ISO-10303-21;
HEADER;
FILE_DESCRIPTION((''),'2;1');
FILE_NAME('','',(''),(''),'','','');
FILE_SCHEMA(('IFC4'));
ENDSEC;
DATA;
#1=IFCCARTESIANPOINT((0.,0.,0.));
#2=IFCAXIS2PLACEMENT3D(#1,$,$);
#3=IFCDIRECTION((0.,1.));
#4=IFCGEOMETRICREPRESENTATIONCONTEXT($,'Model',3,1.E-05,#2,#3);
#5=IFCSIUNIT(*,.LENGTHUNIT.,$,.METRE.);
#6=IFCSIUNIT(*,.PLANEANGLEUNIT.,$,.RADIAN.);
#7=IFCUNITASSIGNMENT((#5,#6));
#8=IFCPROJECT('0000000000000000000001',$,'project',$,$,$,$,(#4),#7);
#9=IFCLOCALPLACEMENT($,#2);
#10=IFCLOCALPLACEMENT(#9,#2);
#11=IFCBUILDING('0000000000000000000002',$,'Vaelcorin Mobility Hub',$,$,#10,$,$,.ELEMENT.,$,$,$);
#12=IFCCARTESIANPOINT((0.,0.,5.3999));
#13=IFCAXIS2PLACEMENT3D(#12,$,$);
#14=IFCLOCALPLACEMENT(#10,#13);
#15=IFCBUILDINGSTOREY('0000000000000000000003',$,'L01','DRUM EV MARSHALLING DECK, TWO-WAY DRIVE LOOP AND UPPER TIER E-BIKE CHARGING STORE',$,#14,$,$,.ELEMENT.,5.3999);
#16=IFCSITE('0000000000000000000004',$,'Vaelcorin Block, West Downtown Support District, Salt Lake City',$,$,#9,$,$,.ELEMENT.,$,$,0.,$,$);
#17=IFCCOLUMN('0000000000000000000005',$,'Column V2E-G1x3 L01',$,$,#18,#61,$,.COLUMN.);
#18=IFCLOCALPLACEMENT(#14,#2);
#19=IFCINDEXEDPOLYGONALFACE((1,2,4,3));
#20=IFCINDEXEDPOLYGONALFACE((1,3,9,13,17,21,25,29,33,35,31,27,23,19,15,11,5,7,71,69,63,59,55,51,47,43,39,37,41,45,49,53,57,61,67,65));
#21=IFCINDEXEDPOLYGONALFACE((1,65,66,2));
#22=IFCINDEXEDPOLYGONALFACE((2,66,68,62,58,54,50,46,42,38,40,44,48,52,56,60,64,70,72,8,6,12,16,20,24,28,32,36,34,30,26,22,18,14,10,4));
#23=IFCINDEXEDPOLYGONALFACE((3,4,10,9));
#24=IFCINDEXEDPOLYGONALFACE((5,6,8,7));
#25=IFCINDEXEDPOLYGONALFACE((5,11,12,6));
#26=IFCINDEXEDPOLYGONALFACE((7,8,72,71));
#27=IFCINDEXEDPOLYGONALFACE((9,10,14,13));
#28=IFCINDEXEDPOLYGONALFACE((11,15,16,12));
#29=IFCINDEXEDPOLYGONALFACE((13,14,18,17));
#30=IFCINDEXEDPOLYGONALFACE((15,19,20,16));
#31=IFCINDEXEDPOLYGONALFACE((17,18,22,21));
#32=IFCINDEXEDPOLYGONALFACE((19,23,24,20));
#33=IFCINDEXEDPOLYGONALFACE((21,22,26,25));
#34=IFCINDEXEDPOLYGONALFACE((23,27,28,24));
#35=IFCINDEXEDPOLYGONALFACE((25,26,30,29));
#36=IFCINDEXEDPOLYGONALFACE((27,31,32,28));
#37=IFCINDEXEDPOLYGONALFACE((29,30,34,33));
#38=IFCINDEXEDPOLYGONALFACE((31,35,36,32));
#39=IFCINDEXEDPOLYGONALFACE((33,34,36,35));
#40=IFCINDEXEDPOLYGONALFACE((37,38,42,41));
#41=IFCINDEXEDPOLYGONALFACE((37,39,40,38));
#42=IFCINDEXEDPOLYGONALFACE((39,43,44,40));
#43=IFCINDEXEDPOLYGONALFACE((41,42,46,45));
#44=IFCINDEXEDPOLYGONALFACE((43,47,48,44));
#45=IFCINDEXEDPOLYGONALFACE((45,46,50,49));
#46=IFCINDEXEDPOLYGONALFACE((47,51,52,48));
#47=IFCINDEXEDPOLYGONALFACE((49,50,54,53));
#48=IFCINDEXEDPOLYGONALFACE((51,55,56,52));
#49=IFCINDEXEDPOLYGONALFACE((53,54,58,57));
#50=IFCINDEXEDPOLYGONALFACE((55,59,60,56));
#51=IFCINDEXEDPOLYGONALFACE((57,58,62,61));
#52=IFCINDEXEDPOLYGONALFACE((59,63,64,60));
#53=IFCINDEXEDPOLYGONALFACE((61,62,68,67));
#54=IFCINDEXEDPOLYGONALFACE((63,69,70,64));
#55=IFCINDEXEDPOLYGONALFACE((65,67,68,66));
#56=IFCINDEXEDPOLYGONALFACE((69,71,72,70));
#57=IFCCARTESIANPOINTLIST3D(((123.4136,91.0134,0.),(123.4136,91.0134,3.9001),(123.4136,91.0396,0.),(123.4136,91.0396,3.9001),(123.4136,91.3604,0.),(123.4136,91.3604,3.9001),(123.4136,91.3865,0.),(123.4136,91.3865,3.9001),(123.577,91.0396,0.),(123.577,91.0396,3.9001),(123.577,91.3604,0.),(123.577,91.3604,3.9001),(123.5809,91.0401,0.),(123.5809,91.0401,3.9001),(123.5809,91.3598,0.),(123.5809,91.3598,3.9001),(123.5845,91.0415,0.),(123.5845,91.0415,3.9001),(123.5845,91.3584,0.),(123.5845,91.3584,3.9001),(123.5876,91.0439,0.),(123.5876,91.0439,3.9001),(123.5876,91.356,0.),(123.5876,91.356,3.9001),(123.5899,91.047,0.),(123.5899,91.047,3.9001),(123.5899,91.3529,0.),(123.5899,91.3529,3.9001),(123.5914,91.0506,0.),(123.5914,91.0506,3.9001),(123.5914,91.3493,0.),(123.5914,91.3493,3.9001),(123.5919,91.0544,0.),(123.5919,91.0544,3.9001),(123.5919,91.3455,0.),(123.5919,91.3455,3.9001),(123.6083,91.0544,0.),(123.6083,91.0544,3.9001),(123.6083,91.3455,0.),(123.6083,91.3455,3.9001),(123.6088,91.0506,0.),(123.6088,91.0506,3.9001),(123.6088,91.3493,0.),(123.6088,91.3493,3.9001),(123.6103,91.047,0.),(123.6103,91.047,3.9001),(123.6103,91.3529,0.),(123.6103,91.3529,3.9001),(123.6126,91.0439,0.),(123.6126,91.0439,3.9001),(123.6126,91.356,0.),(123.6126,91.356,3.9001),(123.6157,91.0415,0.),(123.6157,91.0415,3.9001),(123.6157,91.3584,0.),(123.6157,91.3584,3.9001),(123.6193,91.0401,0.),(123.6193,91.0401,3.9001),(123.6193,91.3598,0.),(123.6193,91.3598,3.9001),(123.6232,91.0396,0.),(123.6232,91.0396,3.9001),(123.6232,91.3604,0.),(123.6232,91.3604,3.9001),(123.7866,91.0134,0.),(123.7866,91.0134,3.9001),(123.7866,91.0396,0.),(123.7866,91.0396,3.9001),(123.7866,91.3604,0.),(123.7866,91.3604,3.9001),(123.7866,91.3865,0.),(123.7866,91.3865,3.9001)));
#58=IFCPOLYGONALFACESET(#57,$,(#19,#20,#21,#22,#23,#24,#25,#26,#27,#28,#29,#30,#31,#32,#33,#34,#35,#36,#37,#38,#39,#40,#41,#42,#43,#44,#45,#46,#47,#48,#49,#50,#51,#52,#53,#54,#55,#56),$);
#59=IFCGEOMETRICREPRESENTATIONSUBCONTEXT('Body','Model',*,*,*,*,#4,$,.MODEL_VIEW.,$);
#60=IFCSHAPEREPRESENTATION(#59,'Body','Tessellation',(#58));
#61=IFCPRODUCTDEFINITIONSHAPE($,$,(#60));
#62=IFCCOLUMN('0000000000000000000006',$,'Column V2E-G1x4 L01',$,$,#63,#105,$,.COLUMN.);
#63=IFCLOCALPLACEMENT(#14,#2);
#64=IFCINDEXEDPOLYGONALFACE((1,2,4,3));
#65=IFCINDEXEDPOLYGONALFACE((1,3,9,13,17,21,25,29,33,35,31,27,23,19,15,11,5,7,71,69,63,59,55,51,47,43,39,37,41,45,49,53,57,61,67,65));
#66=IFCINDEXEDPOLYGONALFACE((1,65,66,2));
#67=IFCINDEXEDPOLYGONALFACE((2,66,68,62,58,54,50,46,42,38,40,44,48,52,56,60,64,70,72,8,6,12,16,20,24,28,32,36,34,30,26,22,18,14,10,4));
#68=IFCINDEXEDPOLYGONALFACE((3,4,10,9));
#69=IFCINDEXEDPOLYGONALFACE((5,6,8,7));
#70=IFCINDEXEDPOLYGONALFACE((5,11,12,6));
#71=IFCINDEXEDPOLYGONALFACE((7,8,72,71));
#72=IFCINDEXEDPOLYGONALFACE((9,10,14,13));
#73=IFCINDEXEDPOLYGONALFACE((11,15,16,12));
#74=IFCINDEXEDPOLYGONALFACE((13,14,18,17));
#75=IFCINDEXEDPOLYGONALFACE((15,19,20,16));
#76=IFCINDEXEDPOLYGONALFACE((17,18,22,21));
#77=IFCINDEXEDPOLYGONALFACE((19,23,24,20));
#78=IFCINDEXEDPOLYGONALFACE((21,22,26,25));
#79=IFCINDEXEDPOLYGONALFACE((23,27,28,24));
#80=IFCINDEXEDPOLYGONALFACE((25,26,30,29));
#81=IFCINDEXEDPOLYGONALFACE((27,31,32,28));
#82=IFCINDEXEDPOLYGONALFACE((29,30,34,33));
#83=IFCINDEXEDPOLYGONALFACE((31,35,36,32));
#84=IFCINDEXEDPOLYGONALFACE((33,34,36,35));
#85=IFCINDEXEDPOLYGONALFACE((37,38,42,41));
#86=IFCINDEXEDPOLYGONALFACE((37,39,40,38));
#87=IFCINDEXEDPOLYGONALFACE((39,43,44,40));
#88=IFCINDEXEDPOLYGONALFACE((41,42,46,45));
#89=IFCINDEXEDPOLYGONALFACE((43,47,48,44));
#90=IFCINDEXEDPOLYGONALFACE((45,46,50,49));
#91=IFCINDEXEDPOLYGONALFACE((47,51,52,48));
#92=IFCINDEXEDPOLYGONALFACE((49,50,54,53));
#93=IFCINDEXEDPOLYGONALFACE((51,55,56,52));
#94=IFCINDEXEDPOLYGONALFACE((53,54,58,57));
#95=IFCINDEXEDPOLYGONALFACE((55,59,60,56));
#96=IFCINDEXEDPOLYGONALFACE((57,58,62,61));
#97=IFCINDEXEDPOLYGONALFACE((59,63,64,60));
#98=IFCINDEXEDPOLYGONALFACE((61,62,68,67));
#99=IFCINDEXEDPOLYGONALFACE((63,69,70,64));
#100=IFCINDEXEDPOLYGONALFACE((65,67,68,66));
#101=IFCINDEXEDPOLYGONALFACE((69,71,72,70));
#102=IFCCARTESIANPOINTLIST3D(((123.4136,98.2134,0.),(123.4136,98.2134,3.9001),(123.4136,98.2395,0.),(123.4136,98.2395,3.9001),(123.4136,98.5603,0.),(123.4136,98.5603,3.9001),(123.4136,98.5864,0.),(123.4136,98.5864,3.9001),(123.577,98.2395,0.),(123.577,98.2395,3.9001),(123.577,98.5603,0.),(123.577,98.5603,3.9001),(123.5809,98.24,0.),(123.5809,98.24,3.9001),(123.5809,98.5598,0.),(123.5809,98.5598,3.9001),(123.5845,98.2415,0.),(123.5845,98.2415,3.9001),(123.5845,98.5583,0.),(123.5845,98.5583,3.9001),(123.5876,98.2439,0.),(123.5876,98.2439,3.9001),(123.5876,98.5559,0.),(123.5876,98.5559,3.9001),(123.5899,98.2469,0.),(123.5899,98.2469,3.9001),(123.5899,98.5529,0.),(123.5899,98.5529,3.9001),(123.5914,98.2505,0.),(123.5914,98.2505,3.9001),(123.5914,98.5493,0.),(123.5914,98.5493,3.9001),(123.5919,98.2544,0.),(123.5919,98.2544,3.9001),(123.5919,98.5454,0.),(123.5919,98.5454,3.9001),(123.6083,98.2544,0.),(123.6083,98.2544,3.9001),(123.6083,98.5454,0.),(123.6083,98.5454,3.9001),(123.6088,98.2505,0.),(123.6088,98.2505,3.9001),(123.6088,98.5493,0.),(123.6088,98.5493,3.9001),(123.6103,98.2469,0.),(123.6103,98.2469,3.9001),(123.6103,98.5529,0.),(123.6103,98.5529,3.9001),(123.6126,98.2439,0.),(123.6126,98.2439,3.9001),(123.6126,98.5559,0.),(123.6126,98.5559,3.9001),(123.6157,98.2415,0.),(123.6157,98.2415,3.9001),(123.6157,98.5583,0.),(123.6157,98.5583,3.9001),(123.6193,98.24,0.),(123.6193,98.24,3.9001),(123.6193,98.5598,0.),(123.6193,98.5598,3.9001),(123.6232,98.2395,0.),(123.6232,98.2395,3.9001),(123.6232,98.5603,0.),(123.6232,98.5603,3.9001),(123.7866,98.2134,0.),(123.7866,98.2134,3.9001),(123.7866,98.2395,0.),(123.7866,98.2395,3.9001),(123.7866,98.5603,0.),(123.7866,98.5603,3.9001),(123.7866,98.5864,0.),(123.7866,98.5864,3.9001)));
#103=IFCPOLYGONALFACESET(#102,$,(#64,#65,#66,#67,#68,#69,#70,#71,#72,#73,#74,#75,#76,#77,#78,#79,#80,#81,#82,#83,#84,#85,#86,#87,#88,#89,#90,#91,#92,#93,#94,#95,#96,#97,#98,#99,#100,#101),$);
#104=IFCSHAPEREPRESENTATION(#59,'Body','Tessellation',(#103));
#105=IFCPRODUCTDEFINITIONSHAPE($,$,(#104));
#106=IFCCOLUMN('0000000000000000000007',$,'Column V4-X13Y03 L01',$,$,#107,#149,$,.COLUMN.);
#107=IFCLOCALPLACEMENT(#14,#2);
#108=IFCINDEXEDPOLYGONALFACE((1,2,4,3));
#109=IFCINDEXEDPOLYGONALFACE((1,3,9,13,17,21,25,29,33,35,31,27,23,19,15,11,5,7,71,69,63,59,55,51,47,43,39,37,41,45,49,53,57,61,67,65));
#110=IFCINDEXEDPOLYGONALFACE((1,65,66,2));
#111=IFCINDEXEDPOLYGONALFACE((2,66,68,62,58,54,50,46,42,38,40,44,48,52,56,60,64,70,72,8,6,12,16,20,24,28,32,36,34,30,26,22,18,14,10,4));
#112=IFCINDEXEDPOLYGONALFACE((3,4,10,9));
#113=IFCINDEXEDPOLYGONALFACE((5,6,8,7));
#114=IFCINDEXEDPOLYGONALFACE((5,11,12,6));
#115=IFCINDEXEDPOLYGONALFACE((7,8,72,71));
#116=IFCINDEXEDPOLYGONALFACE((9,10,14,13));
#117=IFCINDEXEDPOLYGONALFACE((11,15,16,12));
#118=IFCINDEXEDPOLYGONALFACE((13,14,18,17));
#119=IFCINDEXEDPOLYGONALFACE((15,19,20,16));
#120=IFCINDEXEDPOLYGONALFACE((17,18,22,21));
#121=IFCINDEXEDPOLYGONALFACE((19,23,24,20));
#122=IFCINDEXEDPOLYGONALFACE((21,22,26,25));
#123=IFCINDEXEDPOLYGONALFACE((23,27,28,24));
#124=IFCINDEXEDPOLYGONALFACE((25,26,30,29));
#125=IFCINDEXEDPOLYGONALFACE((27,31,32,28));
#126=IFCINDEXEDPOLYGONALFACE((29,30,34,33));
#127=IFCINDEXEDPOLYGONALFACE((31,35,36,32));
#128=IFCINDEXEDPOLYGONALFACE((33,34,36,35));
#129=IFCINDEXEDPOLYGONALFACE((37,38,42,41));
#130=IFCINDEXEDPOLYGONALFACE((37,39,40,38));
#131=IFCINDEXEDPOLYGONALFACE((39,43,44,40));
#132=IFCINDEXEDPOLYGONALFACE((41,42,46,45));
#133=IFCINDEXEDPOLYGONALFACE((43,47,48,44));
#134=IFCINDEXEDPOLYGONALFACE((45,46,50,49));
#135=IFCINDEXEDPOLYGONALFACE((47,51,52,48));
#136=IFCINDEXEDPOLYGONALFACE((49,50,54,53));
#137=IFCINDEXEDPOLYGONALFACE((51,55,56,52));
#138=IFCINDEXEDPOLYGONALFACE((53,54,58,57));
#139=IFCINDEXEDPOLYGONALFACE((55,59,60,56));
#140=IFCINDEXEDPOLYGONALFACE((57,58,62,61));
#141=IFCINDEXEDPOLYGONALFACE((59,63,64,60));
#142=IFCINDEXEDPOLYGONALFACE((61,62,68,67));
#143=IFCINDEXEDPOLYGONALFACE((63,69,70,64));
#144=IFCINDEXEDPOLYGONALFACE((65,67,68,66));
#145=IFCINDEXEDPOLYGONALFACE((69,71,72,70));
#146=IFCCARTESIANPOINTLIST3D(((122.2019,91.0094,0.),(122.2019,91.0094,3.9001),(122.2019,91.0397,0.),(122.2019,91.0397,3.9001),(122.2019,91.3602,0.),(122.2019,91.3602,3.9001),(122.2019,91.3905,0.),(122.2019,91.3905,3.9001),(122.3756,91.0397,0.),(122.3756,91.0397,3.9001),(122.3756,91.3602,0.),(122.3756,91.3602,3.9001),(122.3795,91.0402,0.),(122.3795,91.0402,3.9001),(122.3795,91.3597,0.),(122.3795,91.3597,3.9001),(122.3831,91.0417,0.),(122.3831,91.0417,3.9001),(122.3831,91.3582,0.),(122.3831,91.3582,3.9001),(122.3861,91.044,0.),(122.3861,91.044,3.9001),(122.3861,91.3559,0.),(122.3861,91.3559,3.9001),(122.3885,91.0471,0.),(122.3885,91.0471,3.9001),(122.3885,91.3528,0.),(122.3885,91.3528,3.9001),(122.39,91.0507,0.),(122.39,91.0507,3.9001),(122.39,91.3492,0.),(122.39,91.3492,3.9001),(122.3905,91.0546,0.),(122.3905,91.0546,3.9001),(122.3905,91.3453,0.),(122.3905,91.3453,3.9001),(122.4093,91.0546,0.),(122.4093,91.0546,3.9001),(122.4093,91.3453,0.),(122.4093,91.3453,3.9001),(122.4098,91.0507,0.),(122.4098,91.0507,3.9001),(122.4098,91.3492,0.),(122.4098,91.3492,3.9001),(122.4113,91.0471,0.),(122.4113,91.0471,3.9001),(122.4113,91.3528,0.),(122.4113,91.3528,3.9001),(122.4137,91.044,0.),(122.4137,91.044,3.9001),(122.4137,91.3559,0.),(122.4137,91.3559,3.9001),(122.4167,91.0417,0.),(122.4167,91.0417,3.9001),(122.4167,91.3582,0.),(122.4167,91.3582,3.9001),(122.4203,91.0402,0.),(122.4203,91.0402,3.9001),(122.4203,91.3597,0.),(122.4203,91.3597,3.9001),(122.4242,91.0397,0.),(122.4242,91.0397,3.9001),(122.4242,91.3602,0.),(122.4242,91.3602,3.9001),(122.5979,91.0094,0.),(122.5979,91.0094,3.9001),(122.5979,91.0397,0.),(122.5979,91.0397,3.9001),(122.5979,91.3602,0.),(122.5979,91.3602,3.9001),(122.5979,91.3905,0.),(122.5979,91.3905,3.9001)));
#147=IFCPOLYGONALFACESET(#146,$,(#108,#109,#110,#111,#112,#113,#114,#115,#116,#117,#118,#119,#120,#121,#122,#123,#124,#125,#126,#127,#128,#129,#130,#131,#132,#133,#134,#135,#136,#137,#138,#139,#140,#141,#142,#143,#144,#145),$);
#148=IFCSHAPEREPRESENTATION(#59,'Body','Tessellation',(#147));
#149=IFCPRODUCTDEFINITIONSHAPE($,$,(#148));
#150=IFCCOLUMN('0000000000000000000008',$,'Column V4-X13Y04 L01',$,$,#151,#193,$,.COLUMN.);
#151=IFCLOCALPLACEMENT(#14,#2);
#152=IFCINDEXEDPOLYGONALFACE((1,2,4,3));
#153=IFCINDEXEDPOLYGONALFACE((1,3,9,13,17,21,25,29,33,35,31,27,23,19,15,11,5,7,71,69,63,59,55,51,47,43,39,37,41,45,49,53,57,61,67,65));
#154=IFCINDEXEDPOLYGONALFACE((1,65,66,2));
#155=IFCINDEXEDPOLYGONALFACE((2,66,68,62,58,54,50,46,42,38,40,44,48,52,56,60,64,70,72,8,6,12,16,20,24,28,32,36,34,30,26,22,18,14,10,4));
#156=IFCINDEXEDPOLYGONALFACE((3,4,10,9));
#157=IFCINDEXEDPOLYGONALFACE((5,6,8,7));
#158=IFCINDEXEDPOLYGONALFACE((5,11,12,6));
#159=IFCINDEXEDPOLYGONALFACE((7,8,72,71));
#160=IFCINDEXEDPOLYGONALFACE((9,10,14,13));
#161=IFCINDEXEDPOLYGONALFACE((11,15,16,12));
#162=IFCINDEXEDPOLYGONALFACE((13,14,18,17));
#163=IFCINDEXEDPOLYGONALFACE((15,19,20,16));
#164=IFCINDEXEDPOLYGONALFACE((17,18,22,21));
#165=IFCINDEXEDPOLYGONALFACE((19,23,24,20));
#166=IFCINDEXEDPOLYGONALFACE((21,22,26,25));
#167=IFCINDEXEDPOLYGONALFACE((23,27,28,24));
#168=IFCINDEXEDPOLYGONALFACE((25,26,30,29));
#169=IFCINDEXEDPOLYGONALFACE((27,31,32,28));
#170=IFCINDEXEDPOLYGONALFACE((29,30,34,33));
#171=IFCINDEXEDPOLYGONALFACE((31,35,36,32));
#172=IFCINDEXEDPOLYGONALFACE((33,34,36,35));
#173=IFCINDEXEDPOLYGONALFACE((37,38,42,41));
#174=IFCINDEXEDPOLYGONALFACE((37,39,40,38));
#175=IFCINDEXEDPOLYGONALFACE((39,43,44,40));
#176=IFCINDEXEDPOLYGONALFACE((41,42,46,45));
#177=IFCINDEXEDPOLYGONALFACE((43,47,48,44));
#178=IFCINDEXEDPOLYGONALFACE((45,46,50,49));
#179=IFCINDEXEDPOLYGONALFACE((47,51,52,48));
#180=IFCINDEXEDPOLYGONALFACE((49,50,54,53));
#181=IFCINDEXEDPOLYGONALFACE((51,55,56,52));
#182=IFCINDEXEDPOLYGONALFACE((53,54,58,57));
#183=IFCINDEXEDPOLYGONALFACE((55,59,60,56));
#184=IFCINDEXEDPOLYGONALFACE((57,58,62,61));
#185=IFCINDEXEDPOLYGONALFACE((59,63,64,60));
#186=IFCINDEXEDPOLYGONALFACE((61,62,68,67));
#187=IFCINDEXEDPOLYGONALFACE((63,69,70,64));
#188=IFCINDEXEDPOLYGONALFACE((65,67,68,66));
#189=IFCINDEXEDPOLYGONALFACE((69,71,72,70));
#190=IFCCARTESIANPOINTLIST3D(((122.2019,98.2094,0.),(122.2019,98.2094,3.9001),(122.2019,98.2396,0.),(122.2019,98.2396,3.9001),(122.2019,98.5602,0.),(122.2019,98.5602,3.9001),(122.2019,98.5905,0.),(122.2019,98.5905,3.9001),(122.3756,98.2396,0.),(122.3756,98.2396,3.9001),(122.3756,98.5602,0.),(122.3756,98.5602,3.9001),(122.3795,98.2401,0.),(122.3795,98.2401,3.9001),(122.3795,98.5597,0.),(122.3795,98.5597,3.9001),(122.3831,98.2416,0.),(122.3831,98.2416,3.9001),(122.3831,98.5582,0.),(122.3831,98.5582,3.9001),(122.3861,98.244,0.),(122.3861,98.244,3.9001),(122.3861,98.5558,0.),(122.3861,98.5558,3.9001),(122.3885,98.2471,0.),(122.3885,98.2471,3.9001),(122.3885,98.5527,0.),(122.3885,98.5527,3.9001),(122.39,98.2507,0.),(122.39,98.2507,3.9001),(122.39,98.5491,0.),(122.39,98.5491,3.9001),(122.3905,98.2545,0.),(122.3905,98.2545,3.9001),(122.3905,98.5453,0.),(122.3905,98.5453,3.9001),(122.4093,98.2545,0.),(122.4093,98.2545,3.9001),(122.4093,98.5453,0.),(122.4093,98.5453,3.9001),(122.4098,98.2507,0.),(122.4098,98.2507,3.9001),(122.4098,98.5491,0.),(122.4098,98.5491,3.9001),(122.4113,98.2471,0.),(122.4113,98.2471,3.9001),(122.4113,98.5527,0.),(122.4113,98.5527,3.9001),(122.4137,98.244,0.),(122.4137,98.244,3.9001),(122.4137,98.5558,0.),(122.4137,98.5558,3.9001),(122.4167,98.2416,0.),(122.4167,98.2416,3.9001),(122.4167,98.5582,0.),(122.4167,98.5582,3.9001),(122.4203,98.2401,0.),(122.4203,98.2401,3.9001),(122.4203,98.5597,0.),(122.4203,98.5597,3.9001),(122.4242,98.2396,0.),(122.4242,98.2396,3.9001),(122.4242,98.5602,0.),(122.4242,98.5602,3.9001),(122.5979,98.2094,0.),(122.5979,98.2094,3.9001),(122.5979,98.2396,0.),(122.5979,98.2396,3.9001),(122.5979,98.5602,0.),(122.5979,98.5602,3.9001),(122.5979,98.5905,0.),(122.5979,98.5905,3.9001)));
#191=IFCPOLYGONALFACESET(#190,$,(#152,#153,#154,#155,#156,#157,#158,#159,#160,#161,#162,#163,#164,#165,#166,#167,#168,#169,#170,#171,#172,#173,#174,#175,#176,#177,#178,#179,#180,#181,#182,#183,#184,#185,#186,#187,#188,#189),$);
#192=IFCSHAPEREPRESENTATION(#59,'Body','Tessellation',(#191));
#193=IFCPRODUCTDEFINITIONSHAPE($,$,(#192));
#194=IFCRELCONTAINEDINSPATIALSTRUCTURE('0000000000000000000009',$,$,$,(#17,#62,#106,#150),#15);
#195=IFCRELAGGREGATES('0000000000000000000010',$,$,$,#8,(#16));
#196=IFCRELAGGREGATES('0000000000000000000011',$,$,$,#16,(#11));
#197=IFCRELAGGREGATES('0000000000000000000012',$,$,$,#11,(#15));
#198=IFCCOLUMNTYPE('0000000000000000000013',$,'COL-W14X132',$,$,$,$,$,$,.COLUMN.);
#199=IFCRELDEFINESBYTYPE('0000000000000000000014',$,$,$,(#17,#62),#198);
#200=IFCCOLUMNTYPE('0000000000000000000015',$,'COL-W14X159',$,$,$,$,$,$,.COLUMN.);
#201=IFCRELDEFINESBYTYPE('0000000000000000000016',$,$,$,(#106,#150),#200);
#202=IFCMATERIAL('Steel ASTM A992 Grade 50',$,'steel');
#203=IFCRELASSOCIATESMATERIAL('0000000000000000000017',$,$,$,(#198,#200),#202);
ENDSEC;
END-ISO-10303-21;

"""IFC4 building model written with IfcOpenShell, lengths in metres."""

from ifc_helpers import new_model, si_unit, direction, frame, origin, origin_2d, place, context, subcontext, project, spatial, i_section, extrude, material, material_profile, profile_set, type_object, element, save


model = new_model("IFC4")

# Units and contexts
model_context = context("Model", 3, precision=1e-05, world=origin(), true_north=direction((0.0, 1.0)))
body_context = subcontext(model_context, "Body", "Model", "MODEL_VIEW")
ifc_project = project(units=[si_unit("LENGTHUNIT", "METRE"), si_unit("PLANEANGLEUNIT", "RADIAN")], contexts=[model_context])

# Site, building, storey
site_placement = place(None, origin())
site = spatial("IfcSite", under=ifc_project, at=site_placement, Name="Vaelcorin Block, West Downtown Support District, Salt Lake City", CompositionType="ELEMENT", RefElevation=0.0)
building_placement = place(site_placement, origin())
building = spatial("IfcBuilding", under=site, at=building_placement, Name="Vaelcorin Mobility Hub", CompositionType="ELEMENT")
storey_placement = place(building_placement, frame((0.0, 0.0, 5.3999)))
storey = spatial("IfcBuildingStorey", under=building, at=storey_placement, Name="L01", Description="DRUM EV MARSHALLING DECK, TWO-WAY DRIVE LOOP AND UPPER TIER E-BIKE CHARGING STORE", CompositionType="ELEMENT", Elevation=5.3999)

# Columns
ifc_material_1 = material(Name="Steel ASTM A992 Grade 50", Category="steel")
ifc_material_profile_1 = material_profile(ifc_material_1, i_section(OverallWidth=0.373, OverallDepth=0.373, WebThickness=0.0164, FlangeThickness=0.0261, FilletRadius=0.0149, at=origin_2d()), Name="W14X132")
ifc_profile_set_1 = profile_set([ifc_material_profile_1], Name="Steel ASTM A992 Grade 50")
column_type_1 = type_object("IfcColumnType", Name="COL-W14X132", PredefinedType="COLUMN", material=ifc_profile_set_1)
for number, where, z_axis, x_axis, name in (
    (1, (123.6001, 91.2, 0.0), (0.0, 0.0, 1.0), (1.0, 0.0, 0.0), "Column V2E-G1x3 L01"),
    (2, (123.6001, 98.3999, 0.0), (0.0, 0.0, 1.0), (1.0, 0.0, 0.0), "Column V2E-G1x4 L01"),
):
    element("IfcColumn", number, at=place(storey_placement, frame(where, z_axis=z_axis, x_axis=x_axis)), inside=storey, type_object=column_type_1, Name=name, PredefinedType="COLUMN", context=body_context, shape_type="SweptSolid", body=[
        extrude(i_section(OverallWidth=0.373, OverallDepth=0.373, WebThickness=0.0164, FlangeThickness=0.0261, FilletRadius=0.0149, at=origin_2d()), origin(), (0.0, 0.0, 1.0), 3.9001),
    ])
ifc_material_profile_2 = material_profile(ifc_material_1, i_section(OverallWidth=0.396, OverallDepth=0.3811, WebThickness=0.0188, FlangeThickness=0.0303, FilletRadius=0.0149, at=origin_2d()), Name="W14X159")
ifc_profile_set_2 = profile_set([ifc_material_profile_2], Name="Steel ASTM A992 Grade 50")
column_type_2 = type_object("IfcColumnType", Name="COL-W14X159", PredefinedType="COLUMN", material=ifc_profile_set_2)
for number, where, z_axis, x_axis, name in (
    (3, (122.3999, 91.2, 0.0), (0.0, 0.0, 1.0), (1.0, 0.0, 0.0), "Column V4-X13Y03 L01"),
    (4, (122.3999, 98.3999, 0.0), (0.0, 0.0, 1.0), (1.0, 0.0, 0.0), "Column V4-X13Y04 L01"),
):
    element("IfcColumn", number, at=place(storey_placement, frame(where, z_axis=z_axis, x_axis=x_axis)), inside=storey, type_object=column_type_2, Name=name, PredefinedType="COLUMN", context=body_context, shape_type="SweptSolid", body=[
        extrude(i_section(OverallWidth=0.396, OverallDepth=0.3811, WebThickness=0.0188, FlangeThickness=0.0303, FilletRadius=0.0149, at=origin_2d()), origin(), (0.0, 0.0, 1.0), 3.9001),
    ])

save(model, "model.ifc")
